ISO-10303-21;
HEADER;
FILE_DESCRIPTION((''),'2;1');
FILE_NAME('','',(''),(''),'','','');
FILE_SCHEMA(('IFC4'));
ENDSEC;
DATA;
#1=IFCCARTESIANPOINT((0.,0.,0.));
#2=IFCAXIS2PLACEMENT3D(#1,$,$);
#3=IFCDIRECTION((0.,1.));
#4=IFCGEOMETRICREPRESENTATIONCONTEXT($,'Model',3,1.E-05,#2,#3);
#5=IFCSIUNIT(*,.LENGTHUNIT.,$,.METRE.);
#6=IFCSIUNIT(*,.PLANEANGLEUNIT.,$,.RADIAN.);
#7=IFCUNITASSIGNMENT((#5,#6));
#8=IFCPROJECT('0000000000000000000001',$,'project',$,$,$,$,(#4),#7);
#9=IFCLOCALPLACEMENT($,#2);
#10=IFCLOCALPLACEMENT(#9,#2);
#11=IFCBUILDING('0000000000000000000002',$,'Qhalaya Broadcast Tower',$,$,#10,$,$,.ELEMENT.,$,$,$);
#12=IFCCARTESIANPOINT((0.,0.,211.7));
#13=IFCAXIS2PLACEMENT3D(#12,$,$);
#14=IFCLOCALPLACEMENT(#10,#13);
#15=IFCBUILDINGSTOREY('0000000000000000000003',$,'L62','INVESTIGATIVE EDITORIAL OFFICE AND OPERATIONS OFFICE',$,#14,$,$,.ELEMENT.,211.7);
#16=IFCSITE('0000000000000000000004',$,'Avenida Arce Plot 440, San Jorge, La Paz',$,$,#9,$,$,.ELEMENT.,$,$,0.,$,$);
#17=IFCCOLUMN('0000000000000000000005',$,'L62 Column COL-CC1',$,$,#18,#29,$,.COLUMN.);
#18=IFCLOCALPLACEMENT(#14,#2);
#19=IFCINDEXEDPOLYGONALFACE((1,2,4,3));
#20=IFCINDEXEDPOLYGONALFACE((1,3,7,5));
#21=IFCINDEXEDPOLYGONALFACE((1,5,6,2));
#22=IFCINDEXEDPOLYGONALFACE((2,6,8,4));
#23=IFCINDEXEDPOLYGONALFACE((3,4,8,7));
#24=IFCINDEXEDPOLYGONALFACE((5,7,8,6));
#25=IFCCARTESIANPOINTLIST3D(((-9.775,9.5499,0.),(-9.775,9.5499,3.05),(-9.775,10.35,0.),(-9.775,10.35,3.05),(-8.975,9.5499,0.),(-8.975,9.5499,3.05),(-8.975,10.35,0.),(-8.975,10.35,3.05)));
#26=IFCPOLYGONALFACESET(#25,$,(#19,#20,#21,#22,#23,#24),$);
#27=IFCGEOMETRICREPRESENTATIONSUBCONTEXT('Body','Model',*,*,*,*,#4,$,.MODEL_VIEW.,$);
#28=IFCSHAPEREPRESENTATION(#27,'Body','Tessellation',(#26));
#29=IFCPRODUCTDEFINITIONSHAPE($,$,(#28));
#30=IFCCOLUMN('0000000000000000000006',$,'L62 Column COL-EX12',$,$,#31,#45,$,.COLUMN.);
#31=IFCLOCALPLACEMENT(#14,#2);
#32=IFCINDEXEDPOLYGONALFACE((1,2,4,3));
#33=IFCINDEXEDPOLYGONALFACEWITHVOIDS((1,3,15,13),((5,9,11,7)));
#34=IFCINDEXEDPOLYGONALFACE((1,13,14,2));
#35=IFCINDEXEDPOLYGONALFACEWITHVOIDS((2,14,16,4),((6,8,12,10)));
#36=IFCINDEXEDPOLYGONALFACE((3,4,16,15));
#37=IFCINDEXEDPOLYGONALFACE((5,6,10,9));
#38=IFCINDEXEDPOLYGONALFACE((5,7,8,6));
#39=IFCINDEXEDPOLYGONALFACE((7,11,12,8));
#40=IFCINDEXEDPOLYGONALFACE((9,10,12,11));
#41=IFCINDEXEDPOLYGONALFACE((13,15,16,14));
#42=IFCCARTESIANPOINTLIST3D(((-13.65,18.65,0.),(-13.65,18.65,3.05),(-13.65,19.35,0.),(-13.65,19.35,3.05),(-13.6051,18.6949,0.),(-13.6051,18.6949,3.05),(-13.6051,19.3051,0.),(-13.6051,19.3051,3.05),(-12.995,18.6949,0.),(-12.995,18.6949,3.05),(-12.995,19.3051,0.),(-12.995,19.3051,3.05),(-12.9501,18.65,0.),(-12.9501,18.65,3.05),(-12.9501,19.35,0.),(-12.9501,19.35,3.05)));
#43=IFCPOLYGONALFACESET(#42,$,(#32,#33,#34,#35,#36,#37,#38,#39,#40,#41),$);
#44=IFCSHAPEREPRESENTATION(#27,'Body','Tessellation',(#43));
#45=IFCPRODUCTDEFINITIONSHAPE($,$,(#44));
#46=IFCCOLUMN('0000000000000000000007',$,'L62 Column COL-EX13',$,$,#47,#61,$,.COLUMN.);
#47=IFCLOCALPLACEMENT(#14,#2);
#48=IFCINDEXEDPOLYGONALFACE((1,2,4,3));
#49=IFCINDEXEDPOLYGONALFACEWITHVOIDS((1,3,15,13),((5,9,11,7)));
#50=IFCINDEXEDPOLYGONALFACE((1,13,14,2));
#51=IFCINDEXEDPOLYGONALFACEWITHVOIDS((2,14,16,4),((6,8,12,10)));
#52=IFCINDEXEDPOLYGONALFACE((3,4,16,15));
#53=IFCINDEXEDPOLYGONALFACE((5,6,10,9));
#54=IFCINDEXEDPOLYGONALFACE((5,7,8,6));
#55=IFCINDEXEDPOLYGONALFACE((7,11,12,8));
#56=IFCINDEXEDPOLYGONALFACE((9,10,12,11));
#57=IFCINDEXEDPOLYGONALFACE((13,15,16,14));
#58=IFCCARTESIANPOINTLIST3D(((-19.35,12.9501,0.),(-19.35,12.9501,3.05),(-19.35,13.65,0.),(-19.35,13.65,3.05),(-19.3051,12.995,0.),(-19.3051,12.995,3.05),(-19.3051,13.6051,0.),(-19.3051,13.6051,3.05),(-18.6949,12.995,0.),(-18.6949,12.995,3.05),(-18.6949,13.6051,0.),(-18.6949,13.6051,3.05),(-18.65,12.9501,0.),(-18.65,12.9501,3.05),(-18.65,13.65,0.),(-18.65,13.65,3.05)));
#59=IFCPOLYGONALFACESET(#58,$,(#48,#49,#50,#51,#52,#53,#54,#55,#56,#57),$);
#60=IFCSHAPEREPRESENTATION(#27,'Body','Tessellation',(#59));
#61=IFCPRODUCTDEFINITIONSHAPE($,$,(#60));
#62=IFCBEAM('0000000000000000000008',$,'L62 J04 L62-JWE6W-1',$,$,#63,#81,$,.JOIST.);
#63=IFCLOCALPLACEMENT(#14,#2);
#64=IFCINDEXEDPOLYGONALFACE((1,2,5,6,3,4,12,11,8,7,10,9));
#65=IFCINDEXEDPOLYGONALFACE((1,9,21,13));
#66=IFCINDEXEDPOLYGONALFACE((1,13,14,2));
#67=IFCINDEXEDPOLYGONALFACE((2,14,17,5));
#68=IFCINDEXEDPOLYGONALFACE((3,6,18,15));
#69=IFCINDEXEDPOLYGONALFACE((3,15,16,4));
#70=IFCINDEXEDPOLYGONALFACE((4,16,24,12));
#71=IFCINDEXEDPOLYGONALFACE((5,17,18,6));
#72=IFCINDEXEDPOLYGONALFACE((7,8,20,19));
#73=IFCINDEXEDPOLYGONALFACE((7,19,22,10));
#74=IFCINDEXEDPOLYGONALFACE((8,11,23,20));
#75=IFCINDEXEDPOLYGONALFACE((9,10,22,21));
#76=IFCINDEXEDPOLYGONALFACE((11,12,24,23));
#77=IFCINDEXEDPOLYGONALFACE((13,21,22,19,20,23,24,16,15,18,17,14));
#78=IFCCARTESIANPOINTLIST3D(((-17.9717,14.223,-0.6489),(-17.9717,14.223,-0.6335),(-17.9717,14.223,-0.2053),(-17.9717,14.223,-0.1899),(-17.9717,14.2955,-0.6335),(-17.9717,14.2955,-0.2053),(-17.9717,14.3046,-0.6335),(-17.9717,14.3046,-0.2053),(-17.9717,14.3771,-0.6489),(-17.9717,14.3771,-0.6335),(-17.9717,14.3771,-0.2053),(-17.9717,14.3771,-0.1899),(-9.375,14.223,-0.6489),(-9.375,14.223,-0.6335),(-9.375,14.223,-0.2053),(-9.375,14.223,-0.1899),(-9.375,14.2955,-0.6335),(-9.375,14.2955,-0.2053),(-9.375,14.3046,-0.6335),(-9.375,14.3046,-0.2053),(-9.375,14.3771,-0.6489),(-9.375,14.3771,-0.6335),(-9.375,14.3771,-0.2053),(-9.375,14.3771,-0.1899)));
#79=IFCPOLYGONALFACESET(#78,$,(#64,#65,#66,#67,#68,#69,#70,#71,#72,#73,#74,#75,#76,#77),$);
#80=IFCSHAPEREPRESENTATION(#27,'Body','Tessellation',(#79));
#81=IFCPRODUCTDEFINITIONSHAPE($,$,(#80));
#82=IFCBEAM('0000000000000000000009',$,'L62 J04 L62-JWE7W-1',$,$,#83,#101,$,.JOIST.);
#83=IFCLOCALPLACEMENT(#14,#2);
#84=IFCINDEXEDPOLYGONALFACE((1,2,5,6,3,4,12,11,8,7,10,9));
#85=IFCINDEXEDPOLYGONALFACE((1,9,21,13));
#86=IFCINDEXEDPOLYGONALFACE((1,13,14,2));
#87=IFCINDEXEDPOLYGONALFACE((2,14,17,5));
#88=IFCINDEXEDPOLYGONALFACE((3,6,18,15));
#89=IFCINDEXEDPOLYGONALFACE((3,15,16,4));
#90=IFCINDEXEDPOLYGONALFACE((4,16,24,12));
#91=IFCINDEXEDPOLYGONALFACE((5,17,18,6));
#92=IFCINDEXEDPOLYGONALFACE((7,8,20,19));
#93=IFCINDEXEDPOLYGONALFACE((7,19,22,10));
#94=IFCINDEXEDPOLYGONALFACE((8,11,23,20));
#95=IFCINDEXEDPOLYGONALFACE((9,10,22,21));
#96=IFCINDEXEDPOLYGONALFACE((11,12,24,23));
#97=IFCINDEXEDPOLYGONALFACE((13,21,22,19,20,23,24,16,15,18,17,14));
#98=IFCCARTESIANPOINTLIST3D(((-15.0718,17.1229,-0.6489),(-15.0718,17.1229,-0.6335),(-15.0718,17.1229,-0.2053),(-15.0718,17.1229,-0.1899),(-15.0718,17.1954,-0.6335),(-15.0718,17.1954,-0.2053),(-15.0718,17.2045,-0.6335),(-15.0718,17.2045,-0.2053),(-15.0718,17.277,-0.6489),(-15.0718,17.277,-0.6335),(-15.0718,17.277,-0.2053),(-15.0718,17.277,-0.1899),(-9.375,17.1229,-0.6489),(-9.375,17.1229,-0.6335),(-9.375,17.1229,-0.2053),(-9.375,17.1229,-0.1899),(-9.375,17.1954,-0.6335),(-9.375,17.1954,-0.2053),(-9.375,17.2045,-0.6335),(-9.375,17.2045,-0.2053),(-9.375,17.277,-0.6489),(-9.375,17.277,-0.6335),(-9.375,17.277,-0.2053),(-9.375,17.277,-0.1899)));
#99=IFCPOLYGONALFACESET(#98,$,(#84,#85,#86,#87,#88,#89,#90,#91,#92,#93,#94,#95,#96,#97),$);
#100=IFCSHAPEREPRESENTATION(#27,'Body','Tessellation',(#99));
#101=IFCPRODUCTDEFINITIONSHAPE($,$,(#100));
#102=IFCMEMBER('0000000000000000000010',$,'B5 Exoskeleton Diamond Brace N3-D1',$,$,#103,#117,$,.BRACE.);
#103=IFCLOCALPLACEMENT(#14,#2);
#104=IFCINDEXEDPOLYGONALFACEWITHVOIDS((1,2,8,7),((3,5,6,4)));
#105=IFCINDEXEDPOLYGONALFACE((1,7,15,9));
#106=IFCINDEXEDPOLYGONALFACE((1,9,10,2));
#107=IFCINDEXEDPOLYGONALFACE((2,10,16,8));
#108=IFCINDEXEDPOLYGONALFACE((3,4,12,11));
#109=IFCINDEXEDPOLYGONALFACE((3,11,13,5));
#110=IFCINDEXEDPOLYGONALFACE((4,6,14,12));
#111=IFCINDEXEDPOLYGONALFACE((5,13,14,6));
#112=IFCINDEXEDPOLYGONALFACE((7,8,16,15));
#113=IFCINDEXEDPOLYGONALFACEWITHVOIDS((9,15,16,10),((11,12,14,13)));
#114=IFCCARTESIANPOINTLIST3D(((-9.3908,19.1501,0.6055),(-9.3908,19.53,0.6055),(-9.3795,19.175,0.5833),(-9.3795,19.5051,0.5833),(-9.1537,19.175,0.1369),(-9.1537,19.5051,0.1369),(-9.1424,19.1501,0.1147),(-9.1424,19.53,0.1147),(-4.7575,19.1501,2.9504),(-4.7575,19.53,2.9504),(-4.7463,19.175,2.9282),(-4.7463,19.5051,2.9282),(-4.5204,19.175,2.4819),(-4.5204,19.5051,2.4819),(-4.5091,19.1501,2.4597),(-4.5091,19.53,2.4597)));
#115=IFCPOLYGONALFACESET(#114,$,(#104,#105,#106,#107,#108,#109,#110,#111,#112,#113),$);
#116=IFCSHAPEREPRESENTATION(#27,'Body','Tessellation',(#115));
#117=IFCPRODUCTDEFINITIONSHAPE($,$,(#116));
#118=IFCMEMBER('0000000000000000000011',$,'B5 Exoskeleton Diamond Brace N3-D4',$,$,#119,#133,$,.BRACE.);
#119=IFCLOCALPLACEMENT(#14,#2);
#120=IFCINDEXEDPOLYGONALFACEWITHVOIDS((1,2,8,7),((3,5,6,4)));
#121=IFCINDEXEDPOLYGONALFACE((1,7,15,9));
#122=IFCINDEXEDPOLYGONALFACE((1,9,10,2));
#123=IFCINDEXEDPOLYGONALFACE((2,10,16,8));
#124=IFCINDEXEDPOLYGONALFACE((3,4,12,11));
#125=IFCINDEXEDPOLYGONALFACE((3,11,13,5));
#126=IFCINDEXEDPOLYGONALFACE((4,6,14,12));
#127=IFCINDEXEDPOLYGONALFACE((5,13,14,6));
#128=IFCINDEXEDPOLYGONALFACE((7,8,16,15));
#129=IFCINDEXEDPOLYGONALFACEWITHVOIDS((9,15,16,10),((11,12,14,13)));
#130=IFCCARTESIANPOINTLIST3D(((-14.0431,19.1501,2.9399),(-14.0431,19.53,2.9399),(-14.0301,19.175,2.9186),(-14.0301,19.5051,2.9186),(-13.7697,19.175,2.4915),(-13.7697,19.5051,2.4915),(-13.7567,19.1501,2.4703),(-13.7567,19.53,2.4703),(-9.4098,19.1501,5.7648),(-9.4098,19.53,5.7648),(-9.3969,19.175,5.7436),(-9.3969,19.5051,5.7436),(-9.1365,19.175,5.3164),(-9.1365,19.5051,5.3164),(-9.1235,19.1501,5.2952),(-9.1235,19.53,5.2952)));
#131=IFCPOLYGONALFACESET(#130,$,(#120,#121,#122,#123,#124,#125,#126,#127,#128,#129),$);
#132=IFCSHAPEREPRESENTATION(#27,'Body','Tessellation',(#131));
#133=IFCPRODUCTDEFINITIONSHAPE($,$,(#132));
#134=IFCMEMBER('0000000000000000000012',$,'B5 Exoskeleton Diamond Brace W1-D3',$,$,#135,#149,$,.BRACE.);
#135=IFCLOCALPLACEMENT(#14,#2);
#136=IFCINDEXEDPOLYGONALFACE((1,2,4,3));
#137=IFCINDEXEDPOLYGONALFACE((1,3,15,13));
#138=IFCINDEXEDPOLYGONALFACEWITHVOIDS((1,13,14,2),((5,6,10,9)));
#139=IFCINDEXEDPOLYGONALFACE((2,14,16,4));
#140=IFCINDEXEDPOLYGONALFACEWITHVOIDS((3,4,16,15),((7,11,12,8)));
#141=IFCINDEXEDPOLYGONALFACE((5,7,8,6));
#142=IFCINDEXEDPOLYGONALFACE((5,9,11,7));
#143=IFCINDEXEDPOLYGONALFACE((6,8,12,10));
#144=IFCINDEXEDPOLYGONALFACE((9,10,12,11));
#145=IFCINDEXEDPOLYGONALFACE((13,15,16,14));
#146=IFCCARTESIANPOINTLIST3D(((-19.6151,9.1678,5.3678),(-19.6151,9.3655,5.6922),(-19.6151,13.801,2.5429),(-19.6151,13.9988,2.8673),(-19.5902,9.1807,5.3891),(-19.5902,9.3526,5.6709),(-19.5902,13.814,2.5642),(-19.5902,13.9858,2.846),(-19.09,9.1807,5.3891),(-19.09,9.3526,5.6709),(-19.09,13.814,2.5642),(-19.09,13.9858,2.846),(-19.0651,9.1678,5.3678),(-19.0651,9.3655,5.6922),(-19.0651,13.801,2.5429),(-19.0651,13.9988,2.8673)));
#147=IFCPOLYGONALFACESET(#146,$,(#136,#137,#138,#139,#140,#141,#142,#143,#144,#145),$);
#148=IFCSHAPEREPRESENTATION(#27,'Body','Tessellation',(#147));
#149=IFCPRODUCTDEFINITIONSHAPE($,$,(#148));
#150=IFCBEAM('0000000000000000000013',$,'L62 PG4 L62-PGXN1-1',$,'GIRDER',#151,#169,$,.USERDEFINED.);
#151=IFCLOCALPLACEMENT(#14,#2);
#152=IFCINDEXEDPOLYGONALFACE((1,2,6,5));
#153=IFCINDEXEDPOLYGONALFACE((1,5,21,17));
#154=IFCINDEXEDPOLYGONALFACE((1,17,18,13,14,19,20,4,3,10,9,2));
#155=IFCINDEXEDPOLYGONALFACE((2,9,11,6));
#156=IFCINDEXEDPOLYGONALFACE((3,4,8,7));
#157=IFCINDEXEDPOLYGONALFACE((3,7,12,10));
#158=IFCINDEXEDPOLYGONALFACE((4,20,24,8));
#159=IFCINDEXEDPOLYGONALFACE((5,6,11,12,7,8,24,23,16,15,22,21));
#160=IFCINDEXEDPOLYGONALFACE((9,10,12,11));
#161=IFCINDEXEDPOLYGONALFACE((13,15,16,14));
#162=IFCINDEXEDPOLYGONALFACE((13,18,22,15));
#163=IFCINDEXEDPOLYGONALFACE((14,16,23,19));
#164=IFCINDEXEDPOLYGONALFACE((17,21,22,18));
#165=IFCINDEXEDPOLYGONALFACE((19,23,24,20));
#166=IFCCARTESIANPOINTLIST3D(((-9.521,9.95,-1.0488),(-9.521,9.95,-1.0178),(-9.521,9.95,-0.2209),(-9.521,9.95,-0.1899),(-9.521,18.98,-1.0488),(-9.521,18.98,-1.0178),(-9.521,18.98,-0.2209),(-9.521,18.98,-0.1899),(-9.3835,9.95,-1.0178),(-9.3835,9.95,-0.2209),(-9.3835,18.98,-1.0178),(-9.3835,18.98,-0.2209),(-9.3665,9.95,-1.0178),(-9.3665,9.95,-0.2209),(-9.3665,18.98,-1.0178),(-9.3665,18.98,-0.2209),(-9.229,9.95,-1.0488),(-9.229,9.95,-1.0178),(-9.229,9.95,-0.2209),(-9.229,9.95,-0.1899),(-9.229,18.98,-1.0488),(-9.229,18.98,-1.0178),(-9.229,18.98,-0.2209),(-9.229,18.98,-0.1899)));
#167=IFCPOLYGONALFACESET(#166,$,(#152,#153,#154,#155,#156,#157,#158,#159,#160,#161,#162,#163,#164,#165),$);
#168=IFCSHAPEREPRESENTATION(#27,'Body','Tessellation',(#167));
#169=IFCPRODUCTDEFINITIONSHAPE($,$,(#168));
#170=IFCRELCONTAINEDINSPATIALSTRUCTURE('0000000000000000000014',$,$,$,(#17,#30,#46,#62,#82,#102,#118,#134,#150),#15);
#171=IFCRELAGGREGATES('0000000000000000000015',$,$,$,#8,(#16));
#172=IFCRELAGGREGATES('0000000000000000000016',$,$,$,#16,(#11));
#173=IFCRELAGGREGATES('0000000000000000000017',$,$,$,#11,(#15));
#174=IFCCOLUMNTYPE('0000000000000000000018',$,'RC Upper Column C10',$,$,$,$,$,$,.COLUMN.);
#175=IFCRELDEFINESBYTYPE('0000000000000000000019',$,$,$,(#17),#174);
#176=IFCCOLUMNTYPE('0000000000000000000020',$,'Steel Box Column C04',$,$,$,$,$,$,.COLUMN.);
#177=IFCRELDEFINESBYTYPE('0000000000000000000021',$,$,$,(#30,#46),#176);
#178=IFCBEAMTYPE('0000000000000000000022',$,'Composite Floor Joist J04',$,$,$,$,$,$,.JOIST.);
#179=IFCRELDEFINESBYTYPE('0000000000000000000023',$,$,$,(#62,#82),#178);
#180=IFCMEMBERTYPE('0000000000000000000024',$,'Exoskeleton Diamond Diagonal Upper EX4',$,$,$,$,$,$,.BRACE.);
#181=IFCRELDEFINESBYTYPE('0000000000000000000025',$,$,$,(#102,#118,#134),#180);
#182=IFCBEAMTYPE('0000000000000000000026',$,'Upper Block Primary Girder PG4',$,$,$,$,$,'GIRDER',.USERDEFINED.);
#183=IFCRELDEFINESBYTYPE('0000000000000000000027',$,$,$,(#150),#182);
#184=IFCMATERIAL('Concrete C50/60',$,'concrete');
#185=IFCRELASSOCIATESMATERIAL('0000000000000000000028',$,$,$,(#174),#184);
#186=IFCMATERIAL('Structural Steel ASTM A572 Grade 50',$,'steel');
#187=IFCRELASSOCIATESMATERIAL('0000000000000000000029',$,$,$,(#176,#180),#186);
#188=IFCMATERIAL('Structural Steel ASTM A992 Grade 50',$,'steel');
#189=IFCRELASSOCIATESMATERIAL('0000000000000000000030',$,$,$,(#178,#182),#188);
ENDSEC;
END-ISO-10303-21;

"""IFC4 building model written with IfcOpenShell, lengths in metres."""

from ifc_helpers import new_model, si_unit, direction, frame, origin, origin_2d, place, context, subcontext, project, spatial, rectangle, hollow_rectangle, i_section, extrude, material, material_profile, profile_set, type_object, element, save


model = new_model("IFC4")

# Units and contexts
model_context = context("Model", 3, precision=1e-05, world=origin(), true_north=direction((0.0, 1.0)))
body_context = subcontext(model_context, "Body", "Model", "MODEL_VIEW")
ifc_project = project(units=[si_unit("LENGTHUNIT", "METRE"), si_unit("PLANEANGLEUNIT", "RADIAN")], contexts=[model_context])

# Site, building, storey
site_placement = place(None, origin())
site = spatial("IfcSite", under=ifc_project, at=site_placement, Name="Avenida Arce Plot 440, San Jorge, La Paz", CompositionType="ELEMENT", RefElevation=0.0)
building_placement = place(site_placement, origin())
building = spatial("IfcBuilding", under=site, at=building_placement, Name="Qhalaya Broadcast Tower", CompositionType="ELEMENT")
storey_placement = place(building_placement, frame((0.0, 0.0, 211.7)))
storey = spatial("IfcBuildingStorey", under=building, at=storey_placement, Name="L62", Description="INVESTIGATIVE EDITORIAL OFFICE AND OPERATIONS OFFICE", CompositionType="ELEMENT", Elevation=211.7)

# Columns
ifc_material_1 = material(Name="Concrete C50/60", Category="concrete")
ifc_material_profile_1 = material_profile(ifc_material_1, rectangle(XDim=0.8, YDim=0.8, at=origin_2d()), Name="RC-COL 800x800")
ifc_profile_set_1 = profile_set([ifc_material_profile_1], Name="Concrete C50/60")
column_type_1 = type_object("IfcColumnType", Name="RC Upper Column C10", PredefinedType="COLUMN", material=ifc_profile_set_1)
column_placement = place(storey_placement, frame((-9.375, 9.95, 0.0), z_axis=(0.0, 0.0, 1.0), x_axis=(1.0, 0.0, 0.0)))
element("IfcColumn", 1, at=column_placement, inside=storey, type_object=column_type_1, Name="L62 Column COL-CC1", PredefinedType="COLUMN", context=body_context, shape_type="SweptSolid", body=[
    extrude(rectangle(XDim=0.8, YDim=0.8, at=origin_2d()), origin(), (0.0, 0.0, 1.0), 3.05),
])
ifc_material_2 = material(Name="Structural Steel ASTM A572 Grade 50", Category="steel")
ifc_material_profile_2 = material_profile(ifc_material_2, hollow_rectangle(XDim=0.7, YDim=0.7, WallThickness=0.0449, at=origin_2d()), Name="BOX 700x700x45")
ifc_profile_set_2 = profile_set([ifc_material_profile_2], Name="Structural Steel ASTM A572 Grade 50")
column_type_2 = type_object("IfcColumnType", Name="Steel Box Column C04", PredefinedType="COLUMN", material=ifc_profile_set_2)
for number, where, z_axis, x_axis, name in (
    (2, (-13.3, 19.0, 0.0), (0.0, 0.0, 1.0), (1.0, 0.0, 0.0), "L62 Column COL-EX12"),
    (3, (-19.0, 13.3, 0.0), (0.0, 0.0, 1.0), (0.0, 1.0, 0.0), "L62 Column COL-EX13"),
):
    element("IfcColumn", number, at=place(storey_placement, frame(where, z_axis=z_axis, x_axis=x_axis)), inside=storey, type_object=column_type_2, Name=name, PredefinedType="COLUMN", context=body_context, shape_type="SweptSolid", body=[
        extrude(hollow_rectangle(XDim=0.7, YDim=0.7, WallThickness=0.0449, at=origin_2d()), origin(), (0.0, 0.0, 1.0), 3.05),
    ])

# Beams
ifc_material_3 = material(Name="Structural Steel ASTM A992 Grade 50", Category="steel")
ifc_material_profile_3 = material_profile(ifc_material_3, i_section(OverallWidth=0.1541, OverallDepth=0.459, WebThickness=0.009, FlangeThickness=0.0154, at=origin_2d()), Name="W18X46")
ifc_profile_set_3 = profile_set([ifc_material_profile_3], Name="Structural Steel ASTM A992 Grade 50")
beam_type_1 = type_object("IfcBeamType", Name="Composite Floor Joist J04", PredefinedType="JOIST", material=ifc_profile_set_3)
beam_1_placement = place(storey_placement, frame((-17.9717, 14.3, -0.4194), z_axis=(1.0, 0.0, 0.0), x_axis=(0.0, 1.0, 0.0)))
element("IfcBeam", 4, at=beam_1_placement, inside=storey, type_object=beam_type_1, Name="L62 J04 L62-JWE6W-1", PredefinedType="JOIST", context=body_context, shape_type="SweptSolid", body=[
    extrude(i_section(OverallWidth=0.1541, OverallDepth=0.459, WebThickness=0.009, FlangeThickness=0.0154, at=origin_2d()), origin(), (0.0, 0.0, 1.0), 8.5967),
])
beam_2_placement = place(storey_placement, frame((-15.0718, 17.2, -0.4194), z_axis=(1.0, 0.0, 0.0), x_axis=(0.0, 1.0, 0.0)))
element("IfcBeam", 5, at=beam_2_placement, inside=storey, type_object=beam_type_1, Name="L62 J04 L62-JWE7W-1", PredefinedType="JOIST", context=body_context, shape_type="SweptSolid", body=[
    extrude(i_section(OverallWidth=0.1541, OverallDepth=0.459, WebThickness=0.009, FlangeThickness=0.0154, at=origin_2d()), origin(), (0.0, 0.0, 1.0), 5.6968),
])

# Members
ifc_material_profile_4 = material_profile(ifc_material_2, hollow_rectangle(XDim=0.3799, YDim=0.55, WallThickness=0.0249, at=origin_2d()), Name="BOX 380x550x25")
ifc_profile_set_4 = profile_set([ifc_material_profile_4], Name="Structural Steel ASTM A572 Grade 50")
member_type = type_object("IfcMemberType", Name="Exoskeleton Diamond Diagonal Upper EX4", PredefinedType="BRACE", material=ifc_profile_set_4)
member_placement = place(storey_placement, frame((-9.2666, 19.3401, 0.3601), z_axis=(0.892235, 0.0, 0.451571), x_axis=(0.0, 1.0, 0.0)))
element("IfcMember", 6, at=member_placement, inside=storey, type_object=member_type, Name="B5 Exoskeleton Diamond Brace N3-D1", PredefinedType="BRACE", context=body_context, shape_type="SweptSolid", body=[
    extrude(hollow_rectangle(XDim=0.3799, YDim=0.55, WallThickness=0.0249, at=origin_2d()), origin(), (0.0, 0.0, 1.0), 5.1929),
])
for number, where, z_axis, x_axis, name in (
    (7, (-13.8999, 19.3401, 2.7051), (0.853815, 0.0, 0.520576), (0.0, 1.0, 0.0), "B5 Exoskeleton Diamond Brace N3-D4"),
    (8, (-19.3401, 13.8999, 2.7051), (0.0, -0.853815, 0.520576), (0.0, 0.520576, 0.853815), "B5 Exoskeleton Diamond Brace W1-D3"),
):
    element("IfcMember", number, at=place(storey_placement, frame(where, z_axis=z_axis, x_axis=x_axis)), inside=storey, type_object=member_type, Name=name, PredefinedType="BRACE", context=body_context, shape_type="SweptSolid", body=[
        extrude(hollow_rectangle(XDim=0.3799, YDim=0.55, WallThickness=0.0249, at=origin_2d()), origin(), (0.0, 0.0, 1.0), 5.4265),
    ])

# Beam
ifc_material_profile_5 = material_profile(ifc_material_3, i_section(OverallWidth=0.292, OverallDepth=0.8589, WebThickness=0.0171, FlangeThickness=0.031, at=origin_2d()), Name="W33X169")
ifc_profile_set_5 = profile_set([ifc_material_profile_5], Name="Structural Steel ASTM A992 Grade 50")
beam_type_2 = type_object("IfcBeamType", Name="Upper Block Primary Girder PG4", ElementType="GIRDER", PredefinedType="USERDEFINED", material=ifc_profile_set_5)
beam_3_placement = place(storey_placement, frame((-9.375, 9.95, -0.6194), z_axis=(0.0, 1.0, 0.0), x_axis=(-1.0, 0.0, 0.0)))
element("IfcBeam", 9, at=beam_3_placement, inside=storey, type_object=beam_type_2, Name="L62 PG4 L62-PGXN1-1", ObjectType="GIRDER", PredefinedType="USERDEFINED", context=body_context, shape_type="SweptSolid", body=[
    extrude(i_section(OverallWidth=0.292, OverallDepth=0.8589, WebThickness=0.0171, FlangeThickness=0.031, at=origin_2d()), origin(), (0.0, 0.0, 1.0), 9.03),
])

save(model, "model.ifc")
